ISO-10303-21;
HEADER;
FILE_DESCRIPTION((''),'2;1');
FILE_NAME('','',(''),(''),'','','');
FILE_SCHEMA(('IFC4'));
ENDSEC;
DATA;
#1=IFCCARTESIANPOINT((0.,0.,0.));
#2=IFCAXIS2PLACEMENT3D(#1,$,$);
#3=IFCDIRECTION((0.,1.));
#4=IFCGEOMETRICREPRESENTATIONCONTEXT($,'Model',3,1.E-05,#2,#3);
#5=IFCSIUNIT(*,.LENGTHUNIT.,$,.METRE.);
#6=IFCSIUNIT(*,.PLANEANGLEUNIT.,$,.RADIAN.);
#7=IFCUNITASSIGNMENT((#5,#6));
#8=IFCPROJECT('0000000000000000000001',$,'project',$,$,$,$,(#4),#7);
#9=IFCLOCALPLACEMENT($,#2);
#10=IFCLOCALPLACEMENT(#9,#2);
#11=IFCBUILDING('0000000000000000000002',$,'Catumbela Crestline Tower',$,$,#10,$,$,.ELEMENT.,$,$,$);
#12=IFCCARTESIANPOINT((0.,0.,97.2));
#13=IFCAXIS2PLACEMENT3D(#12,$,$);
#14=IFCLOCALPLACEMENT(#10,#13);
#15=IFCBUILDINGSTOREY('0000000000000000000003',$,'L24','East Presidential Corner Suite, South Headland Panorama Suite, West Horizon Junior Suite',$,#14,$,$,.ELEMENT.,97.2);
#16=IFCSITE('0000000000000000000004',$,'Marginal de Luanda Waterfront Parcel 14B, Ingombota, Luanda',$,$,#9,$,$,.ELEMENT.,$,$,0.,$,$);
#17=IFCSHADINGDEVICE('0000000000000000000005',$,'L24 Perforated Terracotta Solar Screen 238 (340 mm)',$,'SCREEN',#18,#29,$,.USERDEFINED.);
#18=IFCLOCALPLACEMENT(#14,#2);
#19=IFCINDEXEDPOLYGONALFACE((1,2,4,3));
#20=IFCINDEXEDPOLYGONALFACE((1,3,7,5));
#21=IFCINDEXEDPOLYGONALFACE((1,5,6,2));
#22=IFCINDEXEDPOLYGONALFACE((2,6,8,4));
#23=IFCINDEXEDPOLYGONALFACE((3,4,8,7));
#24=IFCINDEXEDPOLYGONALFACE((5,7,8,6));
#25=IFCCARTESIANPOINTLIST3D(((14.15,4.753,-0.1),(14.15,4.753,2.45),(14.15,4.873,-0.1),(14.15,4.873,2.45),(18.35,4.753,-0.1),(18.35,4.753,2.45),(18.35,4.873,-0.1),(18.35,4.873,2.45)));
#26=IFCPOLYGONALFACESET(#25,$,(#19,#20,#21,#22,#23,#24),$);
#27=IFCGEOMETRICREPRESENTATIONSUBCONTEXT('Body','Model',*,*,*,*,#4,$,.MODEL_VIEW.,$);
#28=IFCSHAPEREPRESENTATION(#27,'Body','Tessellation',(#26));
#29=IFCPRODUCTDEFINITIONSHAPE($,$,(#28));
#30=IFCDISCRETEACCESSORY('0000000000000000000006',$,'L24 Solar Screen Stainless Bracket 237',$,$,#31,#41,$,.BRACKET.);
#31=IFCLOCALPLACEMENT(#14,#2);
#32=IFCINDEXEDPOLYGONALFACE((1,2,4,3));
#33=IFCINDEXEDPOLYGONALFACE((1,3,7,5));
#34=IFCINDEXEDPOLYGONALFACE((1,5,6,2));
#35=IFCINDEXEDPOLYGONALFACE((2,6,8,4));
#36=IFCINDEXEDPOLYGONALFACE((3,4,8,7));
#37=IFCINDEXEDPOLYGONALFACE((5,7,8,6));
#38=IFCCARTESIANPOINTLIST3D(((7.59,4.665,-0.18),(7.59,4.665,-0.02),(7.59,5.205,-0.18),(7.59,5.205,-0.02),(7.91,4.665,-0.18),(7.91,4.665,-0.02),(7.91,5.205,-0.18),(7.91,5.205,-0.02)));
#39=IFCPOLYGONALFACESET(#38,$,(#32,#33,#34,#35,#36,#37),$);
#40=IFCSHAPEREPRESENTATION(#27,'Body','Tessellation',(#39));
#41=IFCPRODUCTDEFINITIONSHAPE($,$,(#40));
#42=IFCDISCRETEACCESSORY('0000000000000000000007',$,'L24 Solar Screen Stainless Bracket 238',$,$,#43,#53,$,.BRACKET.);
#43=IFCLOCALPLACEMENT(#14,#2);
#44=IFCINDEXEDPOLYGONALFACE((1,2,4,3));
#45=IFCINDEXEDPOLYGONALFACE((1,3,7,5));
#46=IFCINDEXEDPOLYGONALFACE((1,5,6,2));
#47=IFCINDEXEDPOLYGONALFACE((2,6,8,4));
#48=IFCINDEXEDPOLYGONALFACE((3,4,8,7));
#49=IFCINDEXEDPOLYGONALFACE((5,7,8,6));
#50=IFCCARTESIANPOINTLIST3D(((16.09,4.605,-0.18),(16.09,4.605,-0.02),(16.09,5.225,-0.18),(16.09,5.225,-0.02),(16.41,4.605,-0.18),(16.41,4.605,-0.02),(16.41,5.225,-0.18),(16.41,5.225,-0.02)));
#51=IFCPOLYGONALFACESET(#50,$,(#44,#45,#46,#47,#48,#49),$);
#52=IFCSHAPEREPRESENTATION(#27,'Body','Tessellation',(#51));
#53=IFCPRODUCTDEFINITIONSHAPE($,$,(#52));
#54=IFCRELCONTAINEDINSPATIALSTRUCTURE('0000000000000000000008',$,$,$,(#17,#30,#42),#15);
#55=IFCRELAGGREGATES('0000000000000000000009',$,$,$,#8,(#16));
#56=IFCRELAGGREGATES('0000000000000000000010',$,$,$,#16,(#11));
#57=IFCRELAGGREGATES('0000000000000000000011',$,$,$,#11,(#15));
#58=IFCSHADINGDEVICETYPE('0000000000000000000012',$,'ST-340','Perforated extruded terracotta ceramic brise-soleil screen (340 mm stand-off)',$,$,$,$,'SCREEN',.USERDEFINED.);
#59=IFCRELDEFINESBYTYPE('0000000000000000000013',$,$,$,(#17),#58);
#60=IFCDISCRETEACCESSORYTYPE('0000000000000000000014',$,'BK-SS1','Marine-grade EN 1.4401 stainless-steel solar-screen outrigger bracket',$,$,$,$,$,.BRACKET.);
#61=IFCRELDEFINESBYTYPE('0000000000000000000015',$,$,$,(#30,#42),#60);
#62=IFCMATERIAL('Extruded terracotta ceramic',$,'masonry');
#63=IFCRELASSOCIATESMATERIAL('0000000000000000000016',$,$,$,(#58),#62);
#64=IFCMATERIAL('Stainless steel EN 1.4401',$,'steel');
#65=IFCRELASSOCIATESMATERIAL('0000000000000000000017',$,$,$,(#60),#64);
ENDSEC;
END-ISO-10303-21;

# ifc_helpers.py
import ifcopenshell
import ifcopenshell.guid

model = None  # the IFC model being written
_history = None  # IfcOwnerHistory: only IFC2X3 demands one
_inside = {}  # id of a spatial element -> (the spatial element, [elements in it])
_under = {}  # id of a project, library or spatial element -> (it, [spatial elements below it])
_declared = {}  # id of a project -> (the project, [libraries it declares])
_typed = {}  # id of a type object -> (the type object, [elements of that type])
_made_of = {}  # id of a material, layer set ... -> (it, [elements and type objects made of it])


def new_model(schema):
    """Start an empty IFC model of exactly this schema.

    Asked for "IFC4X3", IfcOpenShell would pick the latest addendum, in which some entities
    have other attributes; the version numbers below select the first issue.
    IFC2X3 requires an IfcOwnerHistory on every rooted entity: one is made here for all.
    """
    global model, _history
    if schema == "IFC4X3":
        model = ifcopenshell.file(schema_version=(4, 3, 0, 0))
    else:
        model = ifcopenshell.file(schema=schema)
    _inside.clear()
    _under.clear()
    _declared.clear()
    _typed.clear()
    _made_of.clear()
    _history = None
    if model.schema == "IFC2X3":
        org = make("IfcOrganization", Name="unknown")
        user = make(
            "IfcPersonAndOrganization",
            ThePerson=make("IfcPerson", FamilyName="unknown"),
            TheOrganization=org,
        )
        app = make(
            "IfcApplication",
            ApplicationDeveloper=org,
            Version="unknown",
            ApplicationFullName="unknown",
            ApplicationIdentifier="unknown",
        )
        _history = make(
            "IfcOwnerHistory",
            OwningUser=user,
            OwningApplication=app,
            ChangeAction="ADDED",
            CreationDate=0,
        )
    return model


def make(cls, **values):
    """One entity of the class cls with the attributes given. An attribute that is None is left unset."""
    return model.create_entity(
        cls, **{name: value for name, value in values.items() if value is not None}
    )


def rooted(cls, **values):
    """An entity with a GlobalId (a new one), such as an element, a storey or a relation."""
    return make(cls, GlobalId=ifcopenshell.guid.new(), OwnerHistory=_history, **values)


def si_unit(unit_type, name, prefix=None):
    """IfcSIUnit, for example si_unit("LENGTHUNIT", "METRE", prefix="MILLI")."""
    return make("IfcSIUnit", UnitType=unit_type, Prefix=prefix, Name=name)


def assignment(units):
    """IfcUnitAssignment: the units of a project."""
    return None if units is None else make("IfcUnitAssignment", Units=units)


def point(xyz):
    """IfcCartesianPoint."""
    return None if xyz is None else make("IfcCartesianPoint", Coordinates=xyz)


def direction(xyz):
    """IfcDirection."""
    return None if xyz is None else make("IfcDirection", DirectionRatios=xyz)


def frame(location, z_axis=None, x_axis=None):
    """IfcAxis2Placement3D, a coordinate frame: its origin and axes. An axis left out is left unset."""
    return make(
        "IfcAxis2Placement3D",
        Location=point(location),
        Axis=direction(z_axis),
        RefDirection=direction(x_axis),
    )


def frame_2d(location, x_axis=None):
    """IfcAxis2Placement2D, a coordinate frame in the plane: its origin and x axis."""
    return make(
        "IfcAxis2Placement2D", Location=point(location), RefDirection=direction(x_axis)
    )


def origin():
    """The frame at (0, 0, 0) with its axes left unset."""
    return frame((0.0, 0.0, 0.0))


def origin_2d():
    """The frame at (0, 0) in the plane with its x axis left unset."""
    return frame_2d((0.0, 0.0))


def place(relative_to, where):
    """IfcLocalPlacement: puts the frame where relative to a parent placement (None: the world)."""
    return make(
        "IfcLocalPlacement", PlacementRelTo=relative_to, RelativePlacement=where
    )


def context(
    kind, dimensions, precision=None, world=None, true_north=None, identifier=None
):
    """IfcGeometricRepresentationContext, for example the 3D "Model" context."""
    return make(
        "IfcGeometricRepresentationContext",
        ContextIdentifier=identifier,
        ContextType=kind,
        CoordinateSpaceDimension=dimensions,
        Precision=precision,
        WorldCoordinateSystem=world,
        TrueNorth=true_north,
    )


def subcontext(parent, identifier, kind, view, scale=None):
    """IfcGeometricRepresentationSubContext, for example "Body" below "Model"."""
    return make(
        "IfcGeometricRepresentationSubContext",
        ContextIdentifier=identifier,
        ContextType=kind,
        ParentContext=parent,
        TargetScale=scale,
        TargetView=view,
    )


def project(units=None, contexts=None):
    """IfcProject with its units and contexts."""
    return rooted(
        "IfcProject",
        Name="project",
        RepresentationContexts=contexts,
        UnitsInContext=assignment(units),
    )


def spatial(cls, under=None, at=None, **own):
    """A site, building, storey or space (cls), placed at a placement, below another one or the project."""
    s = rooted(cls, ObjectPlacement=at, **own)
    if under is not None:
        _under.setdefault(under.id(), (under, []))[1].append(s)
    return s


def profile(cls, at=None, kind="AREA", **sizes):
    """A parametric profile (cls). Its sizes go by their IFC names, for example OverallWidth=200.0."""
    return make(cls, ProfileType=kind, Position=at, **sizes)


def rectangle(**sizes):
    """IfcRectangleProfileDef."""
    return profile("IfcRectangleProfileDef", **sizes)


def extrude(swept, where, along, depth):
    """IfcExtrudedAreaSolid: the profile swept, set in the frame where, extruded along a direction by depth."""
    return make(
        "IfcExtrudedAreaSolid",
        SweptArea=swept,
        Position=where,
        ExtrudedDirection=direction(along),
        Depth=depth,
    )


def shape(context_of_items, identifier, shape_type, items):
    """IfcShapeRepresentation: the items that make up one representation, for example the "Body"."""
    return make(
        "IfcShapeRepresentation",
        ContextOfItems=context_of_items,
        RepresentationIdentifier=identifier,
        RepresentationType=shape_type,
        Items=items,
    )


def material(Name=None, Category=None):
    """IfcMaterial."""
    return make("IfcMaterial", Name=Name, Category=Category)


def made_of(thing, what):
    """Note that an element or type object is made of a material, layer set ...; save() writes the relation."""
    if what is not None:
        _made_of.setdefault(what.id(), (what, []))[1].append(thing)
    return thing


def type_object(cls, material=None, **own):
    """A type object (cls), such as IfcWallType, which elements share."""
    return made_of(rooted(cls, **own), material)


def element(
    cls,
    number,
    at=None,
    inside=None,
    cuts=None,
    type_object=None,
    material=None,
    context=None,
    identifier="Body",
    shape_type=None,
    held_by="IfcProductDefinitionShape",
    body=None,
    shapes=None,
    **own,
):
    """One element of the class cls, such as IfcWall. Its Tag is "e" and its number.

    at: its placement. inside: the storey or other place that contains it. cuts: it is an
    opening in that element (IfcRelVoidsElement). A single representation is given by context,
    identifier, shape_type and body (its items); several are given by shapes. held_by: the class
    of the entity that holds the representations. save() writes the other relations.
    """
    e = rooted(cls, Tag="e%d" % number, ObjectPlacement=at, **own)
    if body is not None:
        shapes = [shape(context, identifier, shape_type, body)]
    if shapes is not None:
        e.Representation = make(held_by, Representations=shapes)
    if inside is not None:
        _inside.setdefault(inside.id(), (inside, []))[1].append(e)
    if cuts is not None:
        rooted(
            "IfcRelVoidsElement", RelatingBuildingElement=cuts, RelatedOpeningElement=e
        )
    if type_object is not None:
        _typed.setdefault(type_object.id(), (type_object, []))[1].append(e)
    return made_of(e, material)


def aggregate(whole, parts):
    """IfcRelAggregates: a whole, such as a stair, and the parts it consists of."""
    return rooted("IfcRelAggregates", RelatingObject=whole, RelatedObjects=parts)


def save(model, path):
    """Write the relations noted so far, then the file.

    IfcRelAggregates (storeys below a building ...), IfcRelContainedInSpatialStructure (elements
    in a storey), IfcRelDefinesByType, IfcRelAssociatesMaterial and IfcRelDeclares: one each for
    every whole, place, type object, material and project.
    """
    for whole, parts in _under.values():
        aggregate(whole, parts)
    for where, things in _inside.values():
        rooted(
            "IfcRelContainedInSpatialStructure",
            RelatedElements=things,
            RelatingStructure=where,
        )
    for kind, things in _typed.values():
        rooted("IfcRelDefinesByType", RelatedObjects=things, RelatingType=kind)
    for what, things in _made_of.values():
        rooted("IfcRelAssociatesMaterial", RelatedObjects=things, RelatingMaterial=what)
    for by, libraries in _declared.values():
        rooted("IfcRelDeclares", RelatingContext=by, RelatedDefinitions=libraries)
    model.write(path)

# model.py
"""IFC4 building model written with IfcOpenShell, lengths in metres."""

from ifc_helpers import new_model, si_unit, direction, frame, origin, origin_2d, place, context, subcontext, project, spatial, rectangle, extrude, material, type_object, element, save


model = new_model("IFC4")

# Units and contexts
model_context = context("Model", 3, precision=1e-05, world=origin(), true_north=direction((0.0, 1.0)))
body_context = subcontext(model_context, "Body", "Model", "MODEL_VIEW")
ifc_project = project(units=[si_unit("LENGTHUNIT", "METRE"), si_unit("PLANEANGLEUNIT", "RADIAN")], contexts=[model_context])

# Site, building, storey
site_placement = place(None, origin())
site = spatial("IfcSite", under=ifc_project, at=site_placement, Name="Marginal de Luanda Waterfront Parcel 14B, Ingombota, Luanda", CompositionType="ELEMENT", RefElevation=0.0)
building_placement = place(site_placement, origin())
building = spatial("IfcBuilding", under=site, at=building_placement, Name="Catumbela Crestline Tower", CompositionType="ELEMENT")
storey_placement = place(building_placement, frame((0.0, 0.0, 97.2)))
storey = spatial("IfcBuildingStorey", under=building, at=storey_placement, Name="L24", Description="East Presidential Corner Suite, South Headland Panorama Suite, West Horizon Junior Suite", CompositionType="ELEMENT", Elevation=97.2)

# Shading device
ifc_material_1 = material(Name="Extruded terracotta ceramic", Category="masonry")
shading_device_type_1 = type_object("IfcShadingDeviceType", Name="ST-340", Description="Perforated extruded terracotta ceramic brise-soleil screen (340 mm stand-off)", ElementType="SCREEN", PredefinedType="USERDEFINED", material=ifc_material_1)
shading_device_1_placement = place(storey_placement, frame((16.25, 4.813, -0.1), z_axis=(0.0, 0.0, 1.0), x_axis=(1.0, 0.0, 0.0)))
element("IfcShadingDevice", 1, at=shading_device_1_placement, inside=storey, type_object=shading_device_type_1, Name="L24 Perforated Terracotta Solar Screen 238 (340 mm)", ObjectType="SCREEN", PredefinedType="USERDEFINED", context=body_context, shape_type="SweptSolid", body=[
    extrude(rectangle(XDim=4.2, YDim=0.12, at=origin_2d()), origin(), (0.0, 0.0, 1.0), 2.55),
])

# Discrete accessories
ifc_material_2 = material(Name="Stainless steel EN 1.4401", Category="steel")
discrete_accessory_type = type_object("IfcDiscreteAccessoryType", Name="BK-SS1", Description="Marine-grade EN 1.4401 stainless-steel solar-screen outrigger bracket", PredefinedType="BRACKET", material=ifc_material_2)
discrete_accessory_1_placement = place(storey_placement, frame((7.75, 4.935, -0.18), z_axis=(0.0, 0.0, 1.0), x_axis=(1.0, 0.0, 0.0)))
element("IfcDiscreteAccessory", 2, at=discrete_accessory_1_placement, inside=storey, type_object=discrete_accessory_type, Name="L24 Solar Screen Stainless Bracket 237", PredefinedType="BRACKET", context=body_context, shape_type="SweptSolid", body=[
    extrude(rectangle(XDim=0.32, YDim=0.54, at=origin_2d()), origin(), (0.0, 0.0, 1.0), 0.16),
])
discrete_accessory_2_placement = place(storey_placement, frame((16.25, 4.915, -0.18), z_axis=(0.0, 0.0, 1.0), x_axis=(1.0, 0.0, 0.0)))
element("IfcDiscreteAccessory", 3, at=discrete_accessory_2_placement, inside=storey, type_object=discrete_accessory_type, Name="L24 Solar Screen Stainless Bracket 238", PredefinedType="BRACKET", context=body_context, shape_type="SweptSolid", body=[
    extrude(rectangle(XDim=0.32, YDim=0.62, at=origin_2d()), origin(), (0.0, 0.0, 1.0), 0.16),
])

save(model, "model.ifc")
